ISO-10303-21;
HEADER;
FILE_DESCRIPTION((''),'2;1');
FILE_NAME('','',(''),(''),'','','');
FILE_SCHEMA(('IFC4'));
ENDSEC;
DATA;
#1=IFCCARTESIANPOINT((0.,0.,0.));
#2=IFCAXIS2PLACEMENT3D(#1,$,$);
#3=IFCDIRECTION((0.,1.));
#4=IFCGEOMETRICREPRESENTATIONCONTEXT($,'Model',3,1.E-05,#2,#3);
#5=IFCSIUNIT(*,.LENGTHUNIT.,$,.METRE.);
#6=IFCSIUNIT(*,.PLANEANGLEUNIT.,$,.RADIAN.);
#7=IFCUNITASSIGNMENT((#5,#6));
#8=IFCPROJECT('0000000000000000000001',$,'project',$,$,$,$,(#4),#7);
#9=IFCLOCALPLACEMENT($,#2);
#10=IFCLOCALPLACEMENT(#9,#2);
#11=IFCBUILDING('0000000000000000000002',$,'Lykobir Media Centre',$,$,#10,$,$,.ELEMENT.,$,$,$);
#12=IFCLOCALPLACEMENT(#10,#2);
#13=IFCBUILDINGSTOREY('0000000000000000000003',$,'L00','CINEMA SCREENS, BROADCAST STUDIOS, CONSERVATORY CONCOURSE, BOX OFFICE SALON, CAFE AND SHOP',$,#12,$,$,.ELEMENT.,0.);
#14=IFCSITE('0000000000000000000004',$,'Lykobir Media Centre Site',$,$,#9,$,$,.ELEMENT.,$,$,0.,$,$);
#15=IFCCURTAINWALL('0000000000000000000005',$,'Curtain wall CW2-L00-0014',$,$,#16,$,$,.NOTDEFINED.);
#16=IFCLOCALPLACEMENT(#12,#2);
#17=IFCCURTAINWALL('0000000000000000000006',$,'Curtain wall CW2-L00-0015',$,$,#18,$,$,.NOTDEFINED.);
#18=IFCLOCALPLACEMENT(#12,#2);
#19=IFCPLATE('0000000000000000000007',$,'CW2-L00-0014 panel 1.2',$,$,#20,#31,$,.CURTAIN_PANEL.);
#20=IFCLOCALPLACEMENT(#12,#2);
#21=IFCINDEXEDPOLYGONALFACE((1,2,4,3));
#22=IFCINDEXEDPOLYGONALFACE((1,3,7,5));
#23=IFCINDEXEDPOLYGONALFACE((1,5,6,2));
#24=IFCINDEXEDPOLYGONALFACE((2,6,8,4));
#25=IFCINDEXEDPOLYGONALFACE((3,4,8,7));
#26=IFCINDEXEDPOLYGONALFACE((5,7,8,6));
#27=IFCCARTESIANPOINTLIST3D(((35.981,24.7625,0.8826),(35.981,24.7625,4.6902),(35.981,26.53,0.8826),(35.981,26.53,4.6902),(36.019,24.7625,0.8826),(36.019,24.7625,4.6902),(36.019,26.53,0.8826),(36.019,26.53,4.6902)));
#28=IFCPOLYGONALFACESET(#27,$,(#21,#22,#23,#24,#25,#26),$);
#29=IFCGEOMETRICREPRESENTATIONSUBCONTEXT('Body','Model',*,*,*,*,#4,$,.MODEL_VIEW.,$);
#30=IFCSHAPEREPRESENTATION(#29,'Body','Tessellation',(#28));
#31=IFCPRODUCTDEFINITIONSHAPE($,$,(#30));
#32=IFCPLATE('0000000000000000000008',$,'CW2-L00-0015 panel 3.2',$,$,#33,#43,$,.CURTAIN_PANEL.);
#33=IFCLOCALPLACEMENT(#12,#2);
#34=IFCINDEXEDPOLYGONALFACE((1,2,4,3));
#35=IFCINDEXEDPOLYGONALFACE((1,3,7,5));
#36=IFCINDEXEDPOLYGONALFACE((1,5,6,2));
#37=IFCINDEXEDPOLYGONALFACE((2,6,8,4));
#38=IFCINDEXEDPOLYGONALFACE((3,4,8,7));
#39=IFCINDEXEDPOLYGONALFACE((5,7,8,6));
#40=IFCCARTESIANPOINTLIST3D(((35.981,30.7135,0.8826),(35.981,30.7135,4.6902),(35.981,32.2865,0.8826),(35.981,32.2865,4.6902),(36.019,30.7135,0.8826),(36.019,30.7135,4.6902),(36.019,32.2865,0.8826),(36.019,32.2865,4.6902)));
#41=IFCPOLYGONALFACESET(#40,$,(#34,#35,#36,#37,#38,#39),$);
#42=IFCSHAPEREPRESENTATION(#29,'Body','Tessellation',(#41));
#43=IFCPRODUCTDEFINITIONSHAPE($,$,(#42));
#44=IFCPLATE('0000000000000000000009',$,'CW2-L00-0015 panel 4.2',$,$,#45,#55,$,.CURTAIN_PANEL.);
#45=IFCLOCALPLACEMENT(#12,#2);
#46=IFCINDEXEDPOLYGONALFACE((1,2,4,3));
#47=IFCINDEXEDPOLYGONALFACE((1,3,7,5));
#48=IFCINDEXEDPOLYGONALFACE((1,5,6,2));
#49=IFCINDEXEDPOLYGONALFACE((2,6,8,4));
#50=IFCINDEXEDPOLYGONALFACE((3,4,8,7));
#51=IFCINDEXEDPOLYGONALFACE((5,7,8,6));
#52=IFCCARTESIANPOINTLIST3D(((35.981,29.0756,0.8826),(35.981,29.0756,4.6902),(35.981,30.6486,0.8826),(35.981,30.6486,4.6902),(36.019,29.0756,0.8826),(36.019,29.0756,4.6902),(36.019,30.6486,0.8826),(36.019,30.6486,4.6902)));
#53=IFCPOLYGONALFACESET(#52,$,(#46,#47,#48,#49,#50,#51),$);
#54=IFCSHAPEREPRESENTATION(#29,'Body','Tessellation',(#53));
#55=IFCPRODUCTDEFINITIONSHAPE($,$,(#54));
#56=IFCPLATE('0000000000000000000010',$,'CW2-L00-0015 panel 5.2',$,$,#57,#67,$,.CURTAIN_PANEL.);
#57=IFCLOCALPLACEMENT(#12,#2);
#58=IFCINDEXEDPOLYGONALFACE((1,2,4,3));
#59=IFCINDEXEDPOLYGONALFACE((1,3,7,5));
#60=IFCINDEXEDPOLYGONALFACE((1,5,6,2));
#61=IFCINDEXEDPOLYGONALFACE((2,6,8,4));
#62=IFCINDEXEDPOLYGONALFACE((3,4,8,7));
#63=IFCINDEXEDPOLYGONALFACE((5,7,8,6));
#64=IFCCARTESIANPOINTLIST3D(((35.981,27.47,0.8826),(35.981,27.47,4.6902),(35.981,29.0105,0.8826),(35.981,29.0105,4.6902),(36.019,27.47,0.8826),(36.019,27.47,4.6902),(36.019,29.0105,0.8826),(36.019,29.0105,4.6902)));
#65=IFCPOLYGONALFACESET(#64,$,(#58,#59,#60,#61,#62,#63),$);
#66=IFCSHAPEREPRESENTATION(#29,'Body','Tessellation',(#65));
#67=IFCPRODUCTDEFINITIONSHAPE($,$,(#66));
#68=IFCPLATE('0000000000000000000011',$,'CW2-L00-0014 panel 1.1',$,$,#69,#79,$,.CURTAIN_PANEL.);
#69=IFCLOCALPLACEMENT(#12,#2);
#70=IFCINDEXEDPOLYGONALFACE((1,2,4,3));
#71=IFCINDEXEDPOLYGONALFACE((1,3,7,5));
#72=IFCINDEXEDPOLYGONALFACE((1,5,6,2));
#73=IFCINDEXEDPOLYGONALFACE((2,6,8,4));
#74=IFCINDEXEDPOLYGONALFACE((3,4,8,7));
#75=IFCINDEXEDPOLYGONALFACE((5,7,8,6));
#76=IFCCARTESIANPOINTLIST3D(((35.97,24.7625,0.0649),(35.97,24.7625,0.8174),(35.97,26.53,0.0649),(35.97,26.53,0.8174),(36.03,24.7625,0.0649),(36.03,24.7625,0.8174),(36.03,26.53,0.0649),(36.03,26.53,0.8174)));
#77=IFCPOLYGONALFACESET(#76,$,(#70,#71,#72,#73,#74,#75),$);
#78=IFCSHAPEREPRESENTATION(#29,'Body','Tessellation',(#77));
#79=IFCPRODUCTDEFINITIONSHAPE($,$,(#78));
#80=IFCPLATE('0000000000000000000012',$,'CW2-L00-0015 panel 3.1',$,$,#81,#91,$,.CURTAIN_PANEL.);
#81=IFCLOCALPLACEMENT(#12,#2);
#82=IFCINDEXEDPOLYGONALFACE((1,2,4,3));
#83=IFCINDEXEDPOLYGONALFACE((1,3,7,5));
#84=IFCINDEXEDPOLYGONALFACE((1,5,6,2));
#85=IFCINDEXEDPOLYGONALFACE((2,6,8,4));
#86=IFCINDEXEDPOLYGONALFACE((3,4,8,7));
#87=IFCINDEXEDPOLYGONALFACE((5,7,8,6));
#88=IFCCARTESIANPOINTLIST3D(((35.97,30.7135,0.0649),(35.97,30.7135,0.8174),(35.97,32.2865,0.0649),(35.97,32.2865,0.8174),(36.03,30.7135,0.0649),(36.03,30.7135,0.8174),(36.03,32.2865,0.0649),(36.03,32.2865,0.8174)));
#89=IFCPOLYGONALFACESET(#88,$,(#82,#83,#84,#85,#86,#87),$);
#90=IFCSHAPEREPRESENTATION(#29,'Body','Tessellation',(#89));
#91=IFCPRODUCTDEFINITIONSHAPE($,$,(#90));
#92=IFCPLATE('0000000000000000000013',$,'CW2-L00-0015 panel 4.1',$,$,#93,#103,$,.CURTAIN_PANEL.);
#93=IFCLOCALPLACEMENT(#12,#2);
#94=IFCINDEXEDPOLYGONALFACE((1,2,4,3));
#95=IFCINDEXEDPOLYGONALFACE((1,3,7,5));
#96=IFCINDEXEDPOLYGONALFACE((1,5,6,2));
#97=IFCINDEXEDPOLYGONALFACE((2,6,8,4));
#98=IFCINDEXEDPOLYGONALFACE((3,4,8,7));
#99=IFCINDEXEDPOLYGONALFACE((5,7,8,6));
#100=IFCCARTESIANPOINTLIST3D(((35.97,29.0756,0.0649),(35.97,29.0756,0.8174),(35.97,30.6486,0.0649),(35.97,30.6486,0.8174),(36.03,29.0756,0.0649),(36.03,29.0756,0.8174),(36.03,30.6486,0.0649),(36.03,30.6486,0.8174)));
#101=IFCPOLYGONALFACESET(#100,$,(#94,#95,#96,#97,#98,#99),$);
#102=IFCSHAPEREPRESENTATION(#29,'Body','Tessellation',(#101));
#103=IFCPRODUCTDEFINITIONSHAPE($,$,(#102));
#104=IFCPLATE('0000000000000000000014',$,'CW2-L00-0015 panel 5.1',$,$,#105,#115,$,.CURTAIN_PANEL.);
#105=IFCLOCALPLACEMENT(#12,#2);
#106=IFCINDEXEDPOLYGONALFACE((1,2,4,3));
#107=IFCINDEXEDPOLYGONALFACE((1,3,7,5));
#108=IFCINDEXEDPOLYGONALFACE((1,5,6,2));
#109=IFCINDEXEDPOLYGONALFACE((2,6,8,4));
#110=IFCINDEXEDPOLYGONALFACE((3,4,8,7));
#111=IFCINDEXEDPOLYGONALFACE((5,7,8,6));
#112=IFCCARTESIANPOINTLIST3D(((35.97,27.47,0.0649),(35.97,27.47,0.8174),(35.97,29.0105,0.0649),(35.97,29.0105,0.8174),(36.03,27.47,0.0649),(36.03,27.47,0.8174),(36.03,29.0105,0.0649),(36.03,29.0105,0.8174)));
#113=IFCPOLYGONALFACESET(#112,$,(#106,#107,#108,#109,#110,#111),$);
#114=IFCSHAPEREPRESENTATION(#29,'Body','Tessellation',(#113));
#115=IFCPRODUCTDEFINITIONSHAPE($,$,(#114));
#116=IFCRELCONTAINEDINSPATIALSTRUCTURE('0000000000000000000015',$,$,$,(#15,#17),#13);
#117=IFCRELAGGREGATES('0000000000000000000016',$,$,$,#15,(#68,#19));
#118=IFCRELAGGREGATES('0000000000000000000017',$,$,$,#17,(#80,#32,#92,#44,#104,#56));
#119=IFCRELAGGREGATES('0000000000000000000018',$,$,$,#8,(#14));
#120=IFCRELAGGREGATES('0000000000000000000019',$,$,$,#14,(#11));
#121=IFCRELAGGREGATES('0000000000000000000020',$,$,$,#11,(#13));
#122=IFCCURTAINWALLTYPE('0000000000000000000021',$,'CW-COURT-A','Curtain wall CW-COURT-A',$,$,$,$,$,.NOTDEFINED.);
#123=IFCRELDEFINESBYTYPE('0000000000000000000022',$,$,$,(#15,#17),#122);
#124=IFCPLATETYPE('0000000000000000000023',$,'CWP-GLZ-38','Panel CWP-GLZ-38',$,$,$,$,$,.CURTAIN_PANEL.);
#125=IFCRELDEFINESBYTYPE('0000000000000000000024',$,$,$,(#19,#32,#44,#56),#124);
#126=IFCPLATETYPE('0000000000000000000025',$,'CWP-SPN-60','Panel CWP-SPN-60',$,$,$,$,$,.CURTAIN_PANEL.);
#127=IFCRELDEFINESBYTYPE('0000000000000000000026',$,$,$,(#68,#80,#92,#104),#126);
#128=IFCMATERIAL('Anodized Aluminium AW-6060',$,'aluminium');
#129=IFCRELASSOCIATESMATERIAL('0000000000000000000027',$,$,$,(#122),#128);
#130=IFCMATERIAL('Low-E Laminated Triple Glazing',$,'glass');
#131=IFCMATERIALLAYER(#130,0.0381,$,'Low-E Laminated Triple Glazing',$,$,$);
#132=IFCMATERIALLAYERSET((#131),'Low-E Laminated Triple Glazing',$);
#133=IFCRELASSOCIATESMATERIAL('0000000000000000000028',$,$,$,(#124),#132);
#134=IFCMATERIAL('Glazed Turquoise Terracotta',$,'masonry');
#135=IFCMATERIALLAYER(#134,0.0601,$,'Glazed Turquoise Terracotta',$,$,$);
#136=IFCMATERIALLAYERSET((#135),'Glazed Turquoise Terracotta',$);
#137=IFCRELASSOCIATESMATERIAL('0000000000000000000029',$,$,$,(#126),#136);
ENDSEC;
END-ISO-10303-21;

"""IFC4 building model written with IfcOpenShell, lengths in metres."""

from ifc_helpers import new_model, si_unit, direction, frame, origin, origin_2d, place, context, subcontext, project, spatial, rectangle, extrude, material, layer, layer_set, type_object, element, aggregate, save


model = new_model("IFC4")

# Units and contexts
model_context = context("Model", 3, precision=1e-05, world=origin(), true_north=direction((0.0, 1.0)))
body_context = subcontext(model_context, "Body", "Model", "MODEL_VIEW")
ifc_project = project(units=[si_unit("LENGTHUNIT", "METRE"), si_unit("PLANEANGLEUNIT", "RADIAN")], contexts=[model_context])

# Site, building, storey
site_placement = place(None, origin())
site = spatial("IfcSite", under=ifc_project, at=site_placement, Name="Lykobir Media Centre Site", CompositionType="ELEMENT", RefElevation=0.0)
building_placement = place(site_placement, origin())
building = spatial("IfcBuilding", under=site, at=building_placement, Name="Lykobir Media Centre", CompositionType="ELEMENT")
storey_placement = place(building_placement, origin())
storey = spatial("IfcBuildingStorey", under=building, at=storey_placement, Name="L00", Description="CINEMA SCREENS, BROADCAST STUDIOS, CONSERVATORY CONCOURSE, BOX OFFICE SALON, CAFE AND SHOP", CompositionType="ELEMENT", Elevation=0.0)

# Curtain walls
ifc_material_1 = material(Name="Anodized Aluminium AW-6060", Category="aluminium")
curtain_wall_type = type_object("IfcCurtainWallType", Name="CW-COURT-A", Description="Curtain wall CW-COURT-A", PredefinedType="NOTDEFINED", material=ifc_material_1)
curtain_wall_1_placement = place(storey_placement, origin())
curtain_wall_1 = element("IfcCurtainWall", 1, at=curtain_wall_1_placement, inside=storey, type_object=curtain_wall_type, Name="Curtain wall CW2-L00-0014", PredefinedType="NOTDEFINED")
curtain_wall_2_placement = place(storey_placement, origin())
curtain_wall_2 = element("IfcCurtainWall", 2, at=curtain_wall_2_placement, inside=storey, type_object=curtain_wall_type, Name="Curtain wall CW2-L00-0015", PredefinedType="NOTDEFINED")

# Plates
ifc_material_2 = material(Name="Low-E Laminated Triple Glazing", Category="glass")
ifc_layer_1 = layer(ifc_material_2, 0.0381, Name="Low-E Laminated Triple Glazing")
ifc_layer_set_1 = layer_set([ifc_layer_1], Name="Low-E Laminated Triple Glazing")
plate_type_1 = type_object("IfcPlateType", Name="CWP-GLZ-38", Description="Panel CWP-GLZ-38", PredefinedType="CURTAIN_PANEL", material=ifc_layer_set_1)
plate_1_placement = place(storey_placement, frame((36.0, 25.6462, 0.8826), z_axis=(0.0, 0.0, 1.0), x_axis=(0.0, -1.0, 0.0)))
plate_1 = element("IfcPlate", 3, at=plate_1_placement, type_object=plate_type_1, Name="CW2-L00-0014 panel 1.2", PredefinedType="CURTAIN_PANEL", context=body_context, shape_type="SweptSolid", body=[
    extrude(rectangle(XDim=1.7676, YDim=0.0381, at=origin_2d()), origin(), (0.0, 0.0, 1.0), 3.8076),
])
plate_2_placement = place(storey_placement, frame((36.0, 31.5, 0.8826), z_axis=(0.0, 0.0, 1.0), x_axis=(0.0, -1.0, 0.0)))
plate_2 = element("IfcPlate", 4, at=plate_2_placement, type_object=plate_type_1, Name="CW2-L00-0015 panel 3.2", PredefinedType="CURTAIN_PANEL", context=body_context, shape_type="SweptSolid", body=[
    extrude(rectangle(XDim=1.573, YDim=0.0381, at=origin_2d()), origin(), (0.0, 0.0, 1.0), 3.8076),
])
plate_3_placement = place(storey_placement, frame((36.0, 29.8621, 0.8826), z_axis=(0.0, 0.0, 1.0), x_axis=(0.0, -1.0, 0.0)))
plate_3 = element("IfcPlate", 5, at=plate_3_placement, type_object=plate_type_1, Name="CW2-L00-0015 panel 4.2", PredefinedType="CURTAIN_PANEL", context=body_context, shape_type="SweptSolid", body=[
    extrude(rectangle(XDim=1.573, YDim=0.0381, at=origin_2d()), origin(), (0.0, 0.0, 1.0), 3.8076),
])
plate_4_placement = place(storey_placement, frame((36.0, 28.2402, 0.8826), z_axis=(0.0, 0.0, 1.0), x_axis=(0.0, -1.0, 0.0)))
plate_4 = element("IfcPlate", 6, at=plate_4_placement, type_object=plate_type_1, Name="CW2-L00-0015 panel 5.2", PredefinedType="CURTAIN_PANEL", context=body_context, shape_type="SweptSolid", body=[
    extrude(rectangle(XDim=1.5405, YDim=0.0381, at=origin_2d()), origin(), (0.0, 0.0, 1.0), 3.8076),
])
ifc_material_3 = material(Name="Glazed Turquoise Terracotta", Category="masonry")
ifc_layer_2 = layer(ifc_material_3, 0.0601, Name="Glazed Turquoise Terracotta")
ifc_layer_set_2 = layer_set([ifc_layer_2], Name="Glazed Turquoise Terracotta")
plate_type_2 = type_object("IfcPlateType", Name="CWP-SPN-60", Description="Panel CWP-SPN-60", PredefinedType="CURTAIN_PANEL", material=ifc_layer_set_2)
plate_5_placement = place(storey_placement, frame((36.0, 25.6462, 0.0649), z_axis=(0.0, 0.0, 1.0), x_axis=(0.0, -1.0, 0.0)))
plate_5 = element("IfcPlate", 7, at=plate_5_placement, type_object=plate_type_2, Name="CW2-L00-0014 panel 1.1", PredefinedType="CURTAIN_PANEL", context=body_context, shape_type="SweptSolid", body=[
    extrude(rectangle(XDim=1.7676, YDim=0.0601, at=origin_2d()), origin(), (0.0, 0.0, 1.0), 0.7524),
])
aggregate(curtain_wall_1, [plate_5, plate_1])
plate_6_placement = place(storey_placement, frame((36.0, 31.5, 0.0649), z_axis=(0.0, 0.0, 1.0), x_axis=(0.0, -1.0, 0.0)))
plate_6 = element("IfcPlate", 8, at=plate_6_placement, type_object=plate_type_2, Name="CW2-L00-0015 panel 3.1", PredefinedType="CURTAIN_PANEL", context=body_context, shape_type="SweptSolid", body=[
    extrude(rectangle(XDim=1.573, YDim=0.0601, at=origin_2d()), origin(), (0.0, 0.0, 1.0), 0.7524),
])
plate_7_placement = place(storey_placement, frame((36.0, 29.8621, 0.0649), z_axis=(0.0, 0.0, 1.0), x_axis=(0.0, -1.0, 0.0)))
plate_7 = element("IfcPlate", 9, at=plate_7_placement, type_object=plate_type_2, Name="CW2-L00-0015 panel 4.1", PredefinedType="CURTAIN_PANEL", context=body_context, shape_type="SweptSolid", body=[
    extrude(rectangle(XDim=1.573, YDim=0.0601, at=origin_2d()), origin(), (0.0, 0.0, 1.0), 0.7524),
])
plate_8_placement = place(storey_placement, frame((36.0, 28.2402, 0.0649), z_axis=(0.0, 0.0, 1.0), x_axis=(0.0, -1.0, 0.0)))
plate_8 = element("IfcPlate", 10, at=plate_8_placement, type_object=plate_type_2, Name="CW2-L00-0015 panel 5.1", PredefinedType="CURTAIN_PANEL", context=body_context, shape_type="SweptSolid", body=[
    extrude(rectangle(XDim=1.5405, YDim=0.0601, at=origin_2d()), origin(), (0.0, 0.0, 1.0), 0.7524),
])
aggregate(curtain_wall_2, [plate_6, plate_2, plate_7, plate_3, plate_8, plate_4])

save(model, "model.ifc")
